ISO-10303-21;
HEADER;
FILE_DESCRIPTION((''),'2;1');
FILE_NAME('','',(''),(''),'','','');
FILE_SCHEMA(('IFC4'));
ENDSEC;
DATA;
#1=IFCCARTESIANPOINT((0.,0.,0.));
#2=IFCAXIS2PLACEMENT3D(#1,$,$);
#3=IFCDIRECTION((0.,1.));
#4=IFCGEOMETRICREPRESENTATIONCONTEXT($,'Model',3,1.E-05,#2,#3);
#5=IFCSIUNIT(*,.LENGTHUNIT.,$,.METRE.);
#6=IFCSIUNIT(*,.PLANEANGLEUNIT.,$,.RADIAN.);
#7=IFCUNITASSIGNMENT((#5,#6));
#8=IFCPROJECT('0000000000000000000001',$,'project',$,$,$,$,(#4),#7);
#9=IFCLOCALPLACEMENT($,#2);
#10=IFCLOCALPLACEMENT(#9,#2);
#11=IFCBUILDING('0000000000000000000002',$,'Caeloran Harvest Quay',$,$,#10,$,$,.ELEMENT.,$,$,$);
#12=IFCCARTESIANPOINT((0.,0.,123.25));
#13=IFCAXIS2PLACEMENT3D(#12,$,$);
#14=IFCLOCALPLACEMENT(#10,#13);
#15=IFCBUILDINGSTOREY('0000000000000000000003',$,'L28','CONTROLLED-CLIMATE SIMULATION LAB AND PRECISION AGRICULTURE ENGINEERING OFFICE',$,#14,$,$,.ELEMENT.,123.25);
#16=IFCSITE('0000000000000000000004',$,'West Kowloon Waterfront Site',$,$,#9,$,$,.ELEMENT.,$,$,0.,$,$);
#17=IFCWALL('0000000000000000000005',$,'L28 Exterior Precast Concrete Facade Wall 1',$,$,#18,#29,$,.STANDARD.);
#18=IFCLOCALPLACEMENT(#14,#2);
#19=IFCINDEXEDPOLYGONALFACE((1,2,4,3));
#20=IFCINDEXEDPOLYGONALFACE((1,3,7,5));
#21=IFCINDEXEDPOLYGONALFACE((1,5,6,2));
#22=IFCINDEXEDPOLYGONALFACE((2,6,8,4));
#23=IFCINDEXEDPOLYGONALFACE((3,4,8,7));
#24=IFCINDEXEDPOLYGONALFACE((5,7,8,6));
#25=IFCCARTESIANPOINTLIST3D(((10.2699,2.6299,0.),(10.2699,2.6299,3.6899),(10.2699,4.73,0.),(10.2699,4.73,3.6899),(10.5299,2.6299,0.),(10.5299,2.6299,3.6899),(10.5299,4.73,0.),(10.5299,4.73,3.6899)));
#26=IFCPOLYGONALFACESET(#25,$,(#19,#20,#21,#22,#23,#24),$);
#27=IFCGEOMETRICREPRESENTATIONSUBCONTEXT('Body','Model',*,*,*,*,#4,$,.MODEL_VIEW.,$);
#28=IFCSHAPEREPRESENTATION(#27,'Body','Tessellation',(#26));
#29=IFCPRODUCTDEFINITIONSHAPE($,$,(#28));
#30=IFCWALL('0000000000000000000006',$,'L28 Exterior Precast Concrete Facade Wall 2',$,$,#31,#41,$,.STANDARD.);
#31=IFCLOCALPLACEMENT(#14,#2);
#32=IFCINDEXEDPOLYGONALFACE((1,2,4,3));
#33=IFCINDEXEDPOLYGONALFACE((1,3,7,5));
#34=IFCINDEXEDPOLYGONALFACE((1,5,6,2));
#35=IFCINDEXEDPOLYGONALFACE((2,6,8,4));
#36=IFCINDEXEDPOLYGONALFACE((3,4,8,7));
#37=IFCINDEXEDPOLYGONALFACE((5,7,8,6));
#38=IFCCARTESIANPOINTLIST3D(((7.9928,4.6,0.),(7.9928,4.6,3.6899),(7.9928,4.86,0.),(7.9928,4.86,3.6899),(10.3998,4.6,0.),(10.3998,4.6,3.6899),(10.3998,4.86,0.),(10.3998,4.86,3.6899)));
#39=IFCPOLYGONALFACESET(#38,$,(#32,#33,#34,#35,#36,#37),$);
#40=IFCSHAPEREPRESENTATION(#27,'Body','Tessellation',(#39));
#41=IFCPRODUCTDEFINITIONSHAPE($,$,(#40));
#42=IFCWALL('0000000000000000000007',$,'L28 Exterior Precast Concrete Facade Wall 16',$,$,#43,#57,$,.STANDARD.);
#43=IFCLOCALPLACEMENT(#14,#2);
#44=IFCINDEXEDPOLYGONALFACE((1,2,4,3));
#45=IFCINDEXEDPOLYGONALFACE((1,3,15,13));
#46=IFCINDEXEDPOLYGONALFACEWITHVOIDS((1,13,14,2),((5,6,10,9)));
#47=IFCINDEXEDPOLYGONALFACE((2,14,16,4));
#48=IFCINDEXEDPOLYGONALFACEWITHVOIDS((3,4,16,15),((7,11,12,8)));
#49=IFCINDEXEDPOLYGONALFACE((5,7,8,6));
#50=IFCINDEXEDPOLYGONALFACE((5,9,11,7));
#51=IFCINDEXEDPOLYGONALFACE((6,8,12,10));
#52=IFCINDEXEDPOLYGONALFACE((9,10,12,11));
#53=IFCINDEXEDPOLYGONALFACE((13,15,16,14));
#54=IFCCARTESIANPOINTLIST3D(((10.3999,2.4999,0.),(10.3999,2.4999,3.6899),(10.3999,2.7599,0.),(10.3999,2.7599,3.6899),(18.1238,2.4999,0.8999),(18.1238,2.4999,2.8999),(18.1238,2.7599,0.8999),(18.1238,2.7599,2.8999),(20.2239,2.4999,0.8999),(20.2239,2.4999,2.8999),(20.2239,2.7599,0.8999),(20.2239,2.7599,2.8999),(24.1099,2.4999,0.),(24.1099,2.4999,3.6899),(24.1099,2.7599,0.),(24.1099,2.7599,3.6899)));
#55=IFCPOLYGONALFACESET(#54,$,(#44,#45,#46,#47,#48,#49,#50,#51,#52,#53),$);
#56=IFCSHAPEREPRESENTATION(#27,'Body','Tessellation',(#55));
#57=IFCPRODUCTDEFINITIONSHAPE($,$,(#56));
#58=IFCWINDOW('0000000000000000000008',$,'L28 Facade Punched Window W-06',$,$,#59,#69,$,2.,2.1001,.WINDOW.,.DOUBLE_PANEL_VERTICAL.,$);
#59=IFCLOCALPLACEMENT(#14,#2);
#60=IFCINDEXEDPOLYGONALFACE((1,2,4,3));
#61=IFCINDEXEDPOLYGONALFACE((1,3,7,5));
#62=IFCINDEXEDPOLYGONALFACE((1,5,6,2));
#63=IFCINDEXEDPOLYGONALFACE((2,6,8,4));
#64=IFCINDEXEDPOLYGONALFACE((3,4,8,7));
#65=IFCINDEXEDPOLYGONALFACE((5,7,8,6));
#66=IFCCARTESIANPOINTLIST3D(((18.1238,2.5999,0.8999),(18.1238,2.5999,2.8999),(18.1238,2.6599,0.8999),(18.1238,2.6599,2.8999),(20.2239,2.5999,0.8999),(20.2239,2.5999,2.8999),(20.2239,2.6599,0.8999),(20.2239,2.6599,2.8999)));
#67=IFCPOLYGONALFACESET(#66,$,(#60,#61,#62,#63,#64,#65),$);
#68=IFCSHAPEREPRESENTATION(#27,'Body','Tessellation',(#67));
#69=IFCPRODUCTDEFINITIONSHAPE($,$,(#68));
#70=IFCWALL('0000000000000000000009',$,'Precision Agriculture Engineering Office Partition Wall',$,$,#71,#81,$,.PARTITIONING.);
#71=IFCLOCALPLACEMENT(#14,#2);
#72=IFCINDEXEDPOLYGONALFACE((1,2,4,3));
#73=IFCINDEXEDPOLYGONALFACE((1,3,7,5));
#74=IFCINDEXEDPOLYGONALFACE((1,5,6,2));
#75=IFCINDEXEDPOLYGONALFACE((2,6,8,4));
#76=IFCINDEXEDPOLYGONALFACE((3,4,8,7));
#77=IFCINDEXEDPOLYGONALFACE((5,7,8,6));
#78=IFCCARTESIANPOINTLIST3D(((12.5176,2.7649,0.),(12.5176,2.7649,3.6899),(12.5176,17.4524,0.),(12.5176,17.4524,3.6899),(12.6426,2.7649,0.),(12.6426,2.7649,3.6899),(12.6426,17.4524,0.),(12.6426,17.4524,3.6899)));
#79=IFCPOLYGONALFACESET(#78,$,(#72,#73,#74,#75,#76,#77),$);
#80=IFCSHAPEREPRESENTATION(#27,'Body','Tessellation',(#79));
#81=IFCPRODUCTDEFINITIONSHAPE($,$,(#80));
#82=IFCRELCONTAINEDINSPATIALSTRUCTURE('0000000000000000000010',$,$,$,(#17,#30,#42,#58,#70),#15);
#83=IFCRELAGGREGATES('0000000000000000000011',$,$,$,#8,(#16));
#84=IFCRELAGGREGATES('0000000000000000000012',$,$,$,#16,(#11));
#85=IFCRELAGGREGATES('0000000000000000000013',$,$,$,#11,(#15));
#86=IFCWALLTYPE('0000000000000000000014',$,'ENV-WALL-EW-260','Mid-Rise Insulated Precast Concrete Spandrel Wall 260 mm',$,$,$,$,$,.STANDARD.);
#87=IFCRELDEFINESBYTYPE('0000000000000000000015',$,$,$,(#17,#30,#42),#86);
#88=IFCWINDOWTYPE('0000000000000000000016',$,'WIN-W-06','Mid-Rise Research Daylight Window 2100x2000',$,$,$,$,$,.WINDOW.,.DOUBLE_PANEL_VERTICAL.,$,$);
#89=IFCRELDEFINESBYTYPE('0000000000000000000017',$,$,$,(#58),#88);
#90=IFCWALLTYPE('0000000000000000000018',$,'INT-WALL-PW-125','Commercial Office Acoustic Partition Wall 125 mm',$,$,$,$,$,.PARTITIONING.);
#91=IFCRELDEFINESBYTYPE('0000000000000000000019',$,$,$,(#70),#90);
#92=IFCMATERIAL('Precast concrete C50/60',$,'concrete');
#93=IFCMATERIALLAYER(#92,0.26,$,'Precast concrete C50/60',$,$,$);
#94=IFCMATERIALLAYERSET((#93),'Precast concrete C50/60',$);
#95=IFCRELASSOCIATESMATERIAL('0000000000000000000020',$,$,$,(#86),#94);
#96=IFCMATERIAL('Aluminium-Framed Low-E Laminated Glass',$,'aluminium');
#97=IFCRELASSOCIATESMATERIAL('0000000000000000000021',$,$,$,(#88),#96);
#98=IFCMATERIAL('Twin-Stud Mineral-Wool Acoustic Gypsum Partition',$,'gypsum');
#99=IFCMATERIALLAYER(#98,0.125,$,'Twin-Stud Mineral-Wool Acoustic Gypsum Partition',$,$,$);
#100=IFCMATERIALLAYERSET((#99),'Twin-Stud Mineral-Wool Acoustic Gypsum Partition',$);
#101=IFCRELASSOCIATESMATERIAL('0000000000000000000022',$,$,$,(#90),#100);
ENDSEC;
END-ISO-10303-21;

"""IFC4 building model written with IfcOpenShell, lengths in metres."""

from ifc_helpers import new_model, si_unit, direction, frame, frame_2d, origin, place, context, subcontext, project, spatial, rectangle, extrude, material, layer, layer_set, type_object, element, fill, save


model = new_model("IFC4")

# Units and contexts
model_context = context("Model", 3, precision=1e-05, world=origin(), true_north=direction((0.0, 1.0)))
body_context = subcontext(model_context, "Body", "Model", "MODEL_VIEW")
ifc_project = project(units=[si_unit("LENGTHUNIT", "METRE"), si_unit("PLANEANGLEUNIT", "RADIAN")], contexts=[model_context])

# Site, building, storey
site_placement = place(None, origin())
site = spatial("IfcSite", under=ifc_project, at=site_placement, Name="West Kowloon Waterfront Site", CompositionType="ELEMENT", RefElevation=0.0)
building_placement = place(site_placement, origin())
building = spatial("IfcBuilding", under=site, at=building_placement, Name="Caeloran Harvest Quay", CompositionType="ELEMENT")
storey_placement = place(building_placement, frame((0.0, 0.0, 123.25)))
storey = spatial("IfcBuildingStorey", under=building, at=storey_placement, Name="L28", Description="CONTROLLED-CLIMATE SIMULATION LAB AND PRECISION AGRICULTURE ENGINEERING OFFICE", CompositionType="ELEMENT", Elevation=123.25)

# Walls
ifc_material_1 = material(Name="Precast concrete C50/60", Category="concrete")
ifc_layer_1 = layer(ifc_material_1, 0.26, Name="Precast concrete C50/60")
ifc_layer_set_1 = layer_set([ifc_layer_1], Name="Precast concrete C50/60")
wall_type_1 = type_object("IfcWallType", Name="ENV-WALL-EW-260", Description="Mid-Rise Insulated Precast Concrete Spandrel Wall 260 mm", PredefinedType="STANDARD", material=ifc_layer_set_1)
wall_1_placement = place(storey_placement, frame((10.3999, 2.6299, 0.0), z_axis=(0.0, 0.0, 1.0), x_axis=(0.0, 1.0, 0.0)))
element("IfcWall", 1, at=wall_1_placement, inside=storey, type_object=wall_type_1, Name="L28 Exterior Precast Concrete Facade Wall 1", PredefinedType="STANDARD", context=body_context, shape_type="SweptSolid", body=[
    extrude(rectangle(XDim=2.1001, YDim=0.26, at=frame_2d((1.05, 0.0))), origin(), (0.0, 0.0, 1.0), 3.6899),
])
wall_2_placement = place(storey_placement, frame((10.3999, 4.73, 0.0), z_axis=(0.0, 0.0, 1.0), x_axis=(-1.0, 0.0, 0.0)))
element("IfcWall", 2, at=wall_2_placement, inside=storey, type_object=wall_type_1, Name="L28 Exterior Precast Concrete Facade Wall 2", PredefinedType="STANDARD", context=body_context, shape_type="SweptSolid", body=[
    extrude(rectangle(XDim=2.407, YDim=0.26, at=frame_2d((1.2036, 0.0))), origin(), (0.0, 0.0, 1.0), 3.6899),
])

# Wall, opening, window
wall_3_placement = place(storey_placement, frame((24.1099, 2.6299, 0.0), z_axis=(0.0, 0.0, 1.0), x_axis=(-1.0, 0.0, 0.0)))
wall_3 = element("IfcWall", 3, at=wall_3_placement, inside=storey, type_object=wall_type_1, Name="L28 Exterior Precast Concrete Facade Wall 16", PredefinedType="STANDARD", context=body_context, shape_type="SweptSolid", body=[
    extrude(rectangle(XDim=13.71, YDim=0.26, at=frame_2d((6.855, 0.0))), origin(), (0.0, 0.0, 1.0), 3.6899),
])
opening_placement = place(wall_3_placement, frame((3.886, 0.0, 0.8999)))
opening = element("IfcOpeningElement", 4, at=opening_placement, cuts=wall_3, PredefinedType="OPENING", context=body_context, shape_type="SweptSolid", body=[
    extrude(rectangle(XDim=2.1001, YDim=2.0, at=frame_2d((1.05, 1.0))), frame((0.0, 0.1401, 0.0), z_axis=(0.0, -1.0, 0.0), x_axis=(1.0, 0.0, 0.0)), (0.0, 0.0, 1.0), 0.28),
])
ifc_material_2 = material(Name="Aluminium-Framed Low-E Laminated Glass", Category="aluminium")
window_type = type_object("IfcWindowType", Name="WIN-W-06", Description="Mid-Rise Research Daylight Window 2100x2000", PartitioningType="DOUBLE_PANEL_VERTICAL", PredefinedType="WINDOW", material=ifc_material_2)
window_placement = place(opening_placement, origin())
window = element("IfcWindow", 5, at=window_placement, inside=storey, type_object=window_type, Name="L28 Facade Punched Window W-06", OverallHeight=2.0, OverallWidth=2.1001, PartitioningType="DOUBLE_PANEL_VERTICAL", PredefinedType="WINDOW", context=body_context, shape_type="SweptSolid", body=[
    extrude(rectangle(XDim=2.1001, YDim=2.0, at=frame_2d((1.05, 1.0))), frame((0.0, 0.03, 0.0), z_axis=(0.0, -1.0, 0.0), x_axis=(1.0, 0.0, 0.0)), (0.0, 0.0, 1.0), 0.0601),
])
fill(opening, window)

# Wall
ifc_material_3 = material(Name="Twin-Stud Mineral-Wool Acoustic Gypsum Partition", Category="gypsum")
ifc_layer_2 = layer(ifc_material_3, 0.125, Name="Twin-Stud Mineral-Wool Acoustic Gypsum Partition")
ifc_layer_set_2 = layer_set([ifc_layer_2], Name="Twin-Stud Mineral-Wool Acoustic Gypsum Partition")
wall_type_2 = type_object("IfcWallType", Name="INT-WALL-PW-125", Description="Commercial Office Acoustic Partition Wall 125 mm", PredefinedType="PARTITIONING", material=ifc_layer_set_2)
wall_4_placement = place(storey_placement, frame((12.5801, 2.7649, 0.0), z_axis=(0.0, 0.0, 1.0), x_axis=(0.0, 1.0, 0.0)))
element("IfcWall", 6, at=wall_4_placement, inside=storey, type_object=wall_type_2, Name="Precision Agriculture Engineering Office Partition Wall", PredefinedType="PARTITIONING", context=body_context, shape_type="SweptSolid", body=[
    extrude(rectangle(XDim=14.6875, YDim=0.125, at=frame_2d((7.3438, 0.0))), origin(), (0.0, 0.0, 1.0), 3.6899),
])

save(model, "model.ifc")
